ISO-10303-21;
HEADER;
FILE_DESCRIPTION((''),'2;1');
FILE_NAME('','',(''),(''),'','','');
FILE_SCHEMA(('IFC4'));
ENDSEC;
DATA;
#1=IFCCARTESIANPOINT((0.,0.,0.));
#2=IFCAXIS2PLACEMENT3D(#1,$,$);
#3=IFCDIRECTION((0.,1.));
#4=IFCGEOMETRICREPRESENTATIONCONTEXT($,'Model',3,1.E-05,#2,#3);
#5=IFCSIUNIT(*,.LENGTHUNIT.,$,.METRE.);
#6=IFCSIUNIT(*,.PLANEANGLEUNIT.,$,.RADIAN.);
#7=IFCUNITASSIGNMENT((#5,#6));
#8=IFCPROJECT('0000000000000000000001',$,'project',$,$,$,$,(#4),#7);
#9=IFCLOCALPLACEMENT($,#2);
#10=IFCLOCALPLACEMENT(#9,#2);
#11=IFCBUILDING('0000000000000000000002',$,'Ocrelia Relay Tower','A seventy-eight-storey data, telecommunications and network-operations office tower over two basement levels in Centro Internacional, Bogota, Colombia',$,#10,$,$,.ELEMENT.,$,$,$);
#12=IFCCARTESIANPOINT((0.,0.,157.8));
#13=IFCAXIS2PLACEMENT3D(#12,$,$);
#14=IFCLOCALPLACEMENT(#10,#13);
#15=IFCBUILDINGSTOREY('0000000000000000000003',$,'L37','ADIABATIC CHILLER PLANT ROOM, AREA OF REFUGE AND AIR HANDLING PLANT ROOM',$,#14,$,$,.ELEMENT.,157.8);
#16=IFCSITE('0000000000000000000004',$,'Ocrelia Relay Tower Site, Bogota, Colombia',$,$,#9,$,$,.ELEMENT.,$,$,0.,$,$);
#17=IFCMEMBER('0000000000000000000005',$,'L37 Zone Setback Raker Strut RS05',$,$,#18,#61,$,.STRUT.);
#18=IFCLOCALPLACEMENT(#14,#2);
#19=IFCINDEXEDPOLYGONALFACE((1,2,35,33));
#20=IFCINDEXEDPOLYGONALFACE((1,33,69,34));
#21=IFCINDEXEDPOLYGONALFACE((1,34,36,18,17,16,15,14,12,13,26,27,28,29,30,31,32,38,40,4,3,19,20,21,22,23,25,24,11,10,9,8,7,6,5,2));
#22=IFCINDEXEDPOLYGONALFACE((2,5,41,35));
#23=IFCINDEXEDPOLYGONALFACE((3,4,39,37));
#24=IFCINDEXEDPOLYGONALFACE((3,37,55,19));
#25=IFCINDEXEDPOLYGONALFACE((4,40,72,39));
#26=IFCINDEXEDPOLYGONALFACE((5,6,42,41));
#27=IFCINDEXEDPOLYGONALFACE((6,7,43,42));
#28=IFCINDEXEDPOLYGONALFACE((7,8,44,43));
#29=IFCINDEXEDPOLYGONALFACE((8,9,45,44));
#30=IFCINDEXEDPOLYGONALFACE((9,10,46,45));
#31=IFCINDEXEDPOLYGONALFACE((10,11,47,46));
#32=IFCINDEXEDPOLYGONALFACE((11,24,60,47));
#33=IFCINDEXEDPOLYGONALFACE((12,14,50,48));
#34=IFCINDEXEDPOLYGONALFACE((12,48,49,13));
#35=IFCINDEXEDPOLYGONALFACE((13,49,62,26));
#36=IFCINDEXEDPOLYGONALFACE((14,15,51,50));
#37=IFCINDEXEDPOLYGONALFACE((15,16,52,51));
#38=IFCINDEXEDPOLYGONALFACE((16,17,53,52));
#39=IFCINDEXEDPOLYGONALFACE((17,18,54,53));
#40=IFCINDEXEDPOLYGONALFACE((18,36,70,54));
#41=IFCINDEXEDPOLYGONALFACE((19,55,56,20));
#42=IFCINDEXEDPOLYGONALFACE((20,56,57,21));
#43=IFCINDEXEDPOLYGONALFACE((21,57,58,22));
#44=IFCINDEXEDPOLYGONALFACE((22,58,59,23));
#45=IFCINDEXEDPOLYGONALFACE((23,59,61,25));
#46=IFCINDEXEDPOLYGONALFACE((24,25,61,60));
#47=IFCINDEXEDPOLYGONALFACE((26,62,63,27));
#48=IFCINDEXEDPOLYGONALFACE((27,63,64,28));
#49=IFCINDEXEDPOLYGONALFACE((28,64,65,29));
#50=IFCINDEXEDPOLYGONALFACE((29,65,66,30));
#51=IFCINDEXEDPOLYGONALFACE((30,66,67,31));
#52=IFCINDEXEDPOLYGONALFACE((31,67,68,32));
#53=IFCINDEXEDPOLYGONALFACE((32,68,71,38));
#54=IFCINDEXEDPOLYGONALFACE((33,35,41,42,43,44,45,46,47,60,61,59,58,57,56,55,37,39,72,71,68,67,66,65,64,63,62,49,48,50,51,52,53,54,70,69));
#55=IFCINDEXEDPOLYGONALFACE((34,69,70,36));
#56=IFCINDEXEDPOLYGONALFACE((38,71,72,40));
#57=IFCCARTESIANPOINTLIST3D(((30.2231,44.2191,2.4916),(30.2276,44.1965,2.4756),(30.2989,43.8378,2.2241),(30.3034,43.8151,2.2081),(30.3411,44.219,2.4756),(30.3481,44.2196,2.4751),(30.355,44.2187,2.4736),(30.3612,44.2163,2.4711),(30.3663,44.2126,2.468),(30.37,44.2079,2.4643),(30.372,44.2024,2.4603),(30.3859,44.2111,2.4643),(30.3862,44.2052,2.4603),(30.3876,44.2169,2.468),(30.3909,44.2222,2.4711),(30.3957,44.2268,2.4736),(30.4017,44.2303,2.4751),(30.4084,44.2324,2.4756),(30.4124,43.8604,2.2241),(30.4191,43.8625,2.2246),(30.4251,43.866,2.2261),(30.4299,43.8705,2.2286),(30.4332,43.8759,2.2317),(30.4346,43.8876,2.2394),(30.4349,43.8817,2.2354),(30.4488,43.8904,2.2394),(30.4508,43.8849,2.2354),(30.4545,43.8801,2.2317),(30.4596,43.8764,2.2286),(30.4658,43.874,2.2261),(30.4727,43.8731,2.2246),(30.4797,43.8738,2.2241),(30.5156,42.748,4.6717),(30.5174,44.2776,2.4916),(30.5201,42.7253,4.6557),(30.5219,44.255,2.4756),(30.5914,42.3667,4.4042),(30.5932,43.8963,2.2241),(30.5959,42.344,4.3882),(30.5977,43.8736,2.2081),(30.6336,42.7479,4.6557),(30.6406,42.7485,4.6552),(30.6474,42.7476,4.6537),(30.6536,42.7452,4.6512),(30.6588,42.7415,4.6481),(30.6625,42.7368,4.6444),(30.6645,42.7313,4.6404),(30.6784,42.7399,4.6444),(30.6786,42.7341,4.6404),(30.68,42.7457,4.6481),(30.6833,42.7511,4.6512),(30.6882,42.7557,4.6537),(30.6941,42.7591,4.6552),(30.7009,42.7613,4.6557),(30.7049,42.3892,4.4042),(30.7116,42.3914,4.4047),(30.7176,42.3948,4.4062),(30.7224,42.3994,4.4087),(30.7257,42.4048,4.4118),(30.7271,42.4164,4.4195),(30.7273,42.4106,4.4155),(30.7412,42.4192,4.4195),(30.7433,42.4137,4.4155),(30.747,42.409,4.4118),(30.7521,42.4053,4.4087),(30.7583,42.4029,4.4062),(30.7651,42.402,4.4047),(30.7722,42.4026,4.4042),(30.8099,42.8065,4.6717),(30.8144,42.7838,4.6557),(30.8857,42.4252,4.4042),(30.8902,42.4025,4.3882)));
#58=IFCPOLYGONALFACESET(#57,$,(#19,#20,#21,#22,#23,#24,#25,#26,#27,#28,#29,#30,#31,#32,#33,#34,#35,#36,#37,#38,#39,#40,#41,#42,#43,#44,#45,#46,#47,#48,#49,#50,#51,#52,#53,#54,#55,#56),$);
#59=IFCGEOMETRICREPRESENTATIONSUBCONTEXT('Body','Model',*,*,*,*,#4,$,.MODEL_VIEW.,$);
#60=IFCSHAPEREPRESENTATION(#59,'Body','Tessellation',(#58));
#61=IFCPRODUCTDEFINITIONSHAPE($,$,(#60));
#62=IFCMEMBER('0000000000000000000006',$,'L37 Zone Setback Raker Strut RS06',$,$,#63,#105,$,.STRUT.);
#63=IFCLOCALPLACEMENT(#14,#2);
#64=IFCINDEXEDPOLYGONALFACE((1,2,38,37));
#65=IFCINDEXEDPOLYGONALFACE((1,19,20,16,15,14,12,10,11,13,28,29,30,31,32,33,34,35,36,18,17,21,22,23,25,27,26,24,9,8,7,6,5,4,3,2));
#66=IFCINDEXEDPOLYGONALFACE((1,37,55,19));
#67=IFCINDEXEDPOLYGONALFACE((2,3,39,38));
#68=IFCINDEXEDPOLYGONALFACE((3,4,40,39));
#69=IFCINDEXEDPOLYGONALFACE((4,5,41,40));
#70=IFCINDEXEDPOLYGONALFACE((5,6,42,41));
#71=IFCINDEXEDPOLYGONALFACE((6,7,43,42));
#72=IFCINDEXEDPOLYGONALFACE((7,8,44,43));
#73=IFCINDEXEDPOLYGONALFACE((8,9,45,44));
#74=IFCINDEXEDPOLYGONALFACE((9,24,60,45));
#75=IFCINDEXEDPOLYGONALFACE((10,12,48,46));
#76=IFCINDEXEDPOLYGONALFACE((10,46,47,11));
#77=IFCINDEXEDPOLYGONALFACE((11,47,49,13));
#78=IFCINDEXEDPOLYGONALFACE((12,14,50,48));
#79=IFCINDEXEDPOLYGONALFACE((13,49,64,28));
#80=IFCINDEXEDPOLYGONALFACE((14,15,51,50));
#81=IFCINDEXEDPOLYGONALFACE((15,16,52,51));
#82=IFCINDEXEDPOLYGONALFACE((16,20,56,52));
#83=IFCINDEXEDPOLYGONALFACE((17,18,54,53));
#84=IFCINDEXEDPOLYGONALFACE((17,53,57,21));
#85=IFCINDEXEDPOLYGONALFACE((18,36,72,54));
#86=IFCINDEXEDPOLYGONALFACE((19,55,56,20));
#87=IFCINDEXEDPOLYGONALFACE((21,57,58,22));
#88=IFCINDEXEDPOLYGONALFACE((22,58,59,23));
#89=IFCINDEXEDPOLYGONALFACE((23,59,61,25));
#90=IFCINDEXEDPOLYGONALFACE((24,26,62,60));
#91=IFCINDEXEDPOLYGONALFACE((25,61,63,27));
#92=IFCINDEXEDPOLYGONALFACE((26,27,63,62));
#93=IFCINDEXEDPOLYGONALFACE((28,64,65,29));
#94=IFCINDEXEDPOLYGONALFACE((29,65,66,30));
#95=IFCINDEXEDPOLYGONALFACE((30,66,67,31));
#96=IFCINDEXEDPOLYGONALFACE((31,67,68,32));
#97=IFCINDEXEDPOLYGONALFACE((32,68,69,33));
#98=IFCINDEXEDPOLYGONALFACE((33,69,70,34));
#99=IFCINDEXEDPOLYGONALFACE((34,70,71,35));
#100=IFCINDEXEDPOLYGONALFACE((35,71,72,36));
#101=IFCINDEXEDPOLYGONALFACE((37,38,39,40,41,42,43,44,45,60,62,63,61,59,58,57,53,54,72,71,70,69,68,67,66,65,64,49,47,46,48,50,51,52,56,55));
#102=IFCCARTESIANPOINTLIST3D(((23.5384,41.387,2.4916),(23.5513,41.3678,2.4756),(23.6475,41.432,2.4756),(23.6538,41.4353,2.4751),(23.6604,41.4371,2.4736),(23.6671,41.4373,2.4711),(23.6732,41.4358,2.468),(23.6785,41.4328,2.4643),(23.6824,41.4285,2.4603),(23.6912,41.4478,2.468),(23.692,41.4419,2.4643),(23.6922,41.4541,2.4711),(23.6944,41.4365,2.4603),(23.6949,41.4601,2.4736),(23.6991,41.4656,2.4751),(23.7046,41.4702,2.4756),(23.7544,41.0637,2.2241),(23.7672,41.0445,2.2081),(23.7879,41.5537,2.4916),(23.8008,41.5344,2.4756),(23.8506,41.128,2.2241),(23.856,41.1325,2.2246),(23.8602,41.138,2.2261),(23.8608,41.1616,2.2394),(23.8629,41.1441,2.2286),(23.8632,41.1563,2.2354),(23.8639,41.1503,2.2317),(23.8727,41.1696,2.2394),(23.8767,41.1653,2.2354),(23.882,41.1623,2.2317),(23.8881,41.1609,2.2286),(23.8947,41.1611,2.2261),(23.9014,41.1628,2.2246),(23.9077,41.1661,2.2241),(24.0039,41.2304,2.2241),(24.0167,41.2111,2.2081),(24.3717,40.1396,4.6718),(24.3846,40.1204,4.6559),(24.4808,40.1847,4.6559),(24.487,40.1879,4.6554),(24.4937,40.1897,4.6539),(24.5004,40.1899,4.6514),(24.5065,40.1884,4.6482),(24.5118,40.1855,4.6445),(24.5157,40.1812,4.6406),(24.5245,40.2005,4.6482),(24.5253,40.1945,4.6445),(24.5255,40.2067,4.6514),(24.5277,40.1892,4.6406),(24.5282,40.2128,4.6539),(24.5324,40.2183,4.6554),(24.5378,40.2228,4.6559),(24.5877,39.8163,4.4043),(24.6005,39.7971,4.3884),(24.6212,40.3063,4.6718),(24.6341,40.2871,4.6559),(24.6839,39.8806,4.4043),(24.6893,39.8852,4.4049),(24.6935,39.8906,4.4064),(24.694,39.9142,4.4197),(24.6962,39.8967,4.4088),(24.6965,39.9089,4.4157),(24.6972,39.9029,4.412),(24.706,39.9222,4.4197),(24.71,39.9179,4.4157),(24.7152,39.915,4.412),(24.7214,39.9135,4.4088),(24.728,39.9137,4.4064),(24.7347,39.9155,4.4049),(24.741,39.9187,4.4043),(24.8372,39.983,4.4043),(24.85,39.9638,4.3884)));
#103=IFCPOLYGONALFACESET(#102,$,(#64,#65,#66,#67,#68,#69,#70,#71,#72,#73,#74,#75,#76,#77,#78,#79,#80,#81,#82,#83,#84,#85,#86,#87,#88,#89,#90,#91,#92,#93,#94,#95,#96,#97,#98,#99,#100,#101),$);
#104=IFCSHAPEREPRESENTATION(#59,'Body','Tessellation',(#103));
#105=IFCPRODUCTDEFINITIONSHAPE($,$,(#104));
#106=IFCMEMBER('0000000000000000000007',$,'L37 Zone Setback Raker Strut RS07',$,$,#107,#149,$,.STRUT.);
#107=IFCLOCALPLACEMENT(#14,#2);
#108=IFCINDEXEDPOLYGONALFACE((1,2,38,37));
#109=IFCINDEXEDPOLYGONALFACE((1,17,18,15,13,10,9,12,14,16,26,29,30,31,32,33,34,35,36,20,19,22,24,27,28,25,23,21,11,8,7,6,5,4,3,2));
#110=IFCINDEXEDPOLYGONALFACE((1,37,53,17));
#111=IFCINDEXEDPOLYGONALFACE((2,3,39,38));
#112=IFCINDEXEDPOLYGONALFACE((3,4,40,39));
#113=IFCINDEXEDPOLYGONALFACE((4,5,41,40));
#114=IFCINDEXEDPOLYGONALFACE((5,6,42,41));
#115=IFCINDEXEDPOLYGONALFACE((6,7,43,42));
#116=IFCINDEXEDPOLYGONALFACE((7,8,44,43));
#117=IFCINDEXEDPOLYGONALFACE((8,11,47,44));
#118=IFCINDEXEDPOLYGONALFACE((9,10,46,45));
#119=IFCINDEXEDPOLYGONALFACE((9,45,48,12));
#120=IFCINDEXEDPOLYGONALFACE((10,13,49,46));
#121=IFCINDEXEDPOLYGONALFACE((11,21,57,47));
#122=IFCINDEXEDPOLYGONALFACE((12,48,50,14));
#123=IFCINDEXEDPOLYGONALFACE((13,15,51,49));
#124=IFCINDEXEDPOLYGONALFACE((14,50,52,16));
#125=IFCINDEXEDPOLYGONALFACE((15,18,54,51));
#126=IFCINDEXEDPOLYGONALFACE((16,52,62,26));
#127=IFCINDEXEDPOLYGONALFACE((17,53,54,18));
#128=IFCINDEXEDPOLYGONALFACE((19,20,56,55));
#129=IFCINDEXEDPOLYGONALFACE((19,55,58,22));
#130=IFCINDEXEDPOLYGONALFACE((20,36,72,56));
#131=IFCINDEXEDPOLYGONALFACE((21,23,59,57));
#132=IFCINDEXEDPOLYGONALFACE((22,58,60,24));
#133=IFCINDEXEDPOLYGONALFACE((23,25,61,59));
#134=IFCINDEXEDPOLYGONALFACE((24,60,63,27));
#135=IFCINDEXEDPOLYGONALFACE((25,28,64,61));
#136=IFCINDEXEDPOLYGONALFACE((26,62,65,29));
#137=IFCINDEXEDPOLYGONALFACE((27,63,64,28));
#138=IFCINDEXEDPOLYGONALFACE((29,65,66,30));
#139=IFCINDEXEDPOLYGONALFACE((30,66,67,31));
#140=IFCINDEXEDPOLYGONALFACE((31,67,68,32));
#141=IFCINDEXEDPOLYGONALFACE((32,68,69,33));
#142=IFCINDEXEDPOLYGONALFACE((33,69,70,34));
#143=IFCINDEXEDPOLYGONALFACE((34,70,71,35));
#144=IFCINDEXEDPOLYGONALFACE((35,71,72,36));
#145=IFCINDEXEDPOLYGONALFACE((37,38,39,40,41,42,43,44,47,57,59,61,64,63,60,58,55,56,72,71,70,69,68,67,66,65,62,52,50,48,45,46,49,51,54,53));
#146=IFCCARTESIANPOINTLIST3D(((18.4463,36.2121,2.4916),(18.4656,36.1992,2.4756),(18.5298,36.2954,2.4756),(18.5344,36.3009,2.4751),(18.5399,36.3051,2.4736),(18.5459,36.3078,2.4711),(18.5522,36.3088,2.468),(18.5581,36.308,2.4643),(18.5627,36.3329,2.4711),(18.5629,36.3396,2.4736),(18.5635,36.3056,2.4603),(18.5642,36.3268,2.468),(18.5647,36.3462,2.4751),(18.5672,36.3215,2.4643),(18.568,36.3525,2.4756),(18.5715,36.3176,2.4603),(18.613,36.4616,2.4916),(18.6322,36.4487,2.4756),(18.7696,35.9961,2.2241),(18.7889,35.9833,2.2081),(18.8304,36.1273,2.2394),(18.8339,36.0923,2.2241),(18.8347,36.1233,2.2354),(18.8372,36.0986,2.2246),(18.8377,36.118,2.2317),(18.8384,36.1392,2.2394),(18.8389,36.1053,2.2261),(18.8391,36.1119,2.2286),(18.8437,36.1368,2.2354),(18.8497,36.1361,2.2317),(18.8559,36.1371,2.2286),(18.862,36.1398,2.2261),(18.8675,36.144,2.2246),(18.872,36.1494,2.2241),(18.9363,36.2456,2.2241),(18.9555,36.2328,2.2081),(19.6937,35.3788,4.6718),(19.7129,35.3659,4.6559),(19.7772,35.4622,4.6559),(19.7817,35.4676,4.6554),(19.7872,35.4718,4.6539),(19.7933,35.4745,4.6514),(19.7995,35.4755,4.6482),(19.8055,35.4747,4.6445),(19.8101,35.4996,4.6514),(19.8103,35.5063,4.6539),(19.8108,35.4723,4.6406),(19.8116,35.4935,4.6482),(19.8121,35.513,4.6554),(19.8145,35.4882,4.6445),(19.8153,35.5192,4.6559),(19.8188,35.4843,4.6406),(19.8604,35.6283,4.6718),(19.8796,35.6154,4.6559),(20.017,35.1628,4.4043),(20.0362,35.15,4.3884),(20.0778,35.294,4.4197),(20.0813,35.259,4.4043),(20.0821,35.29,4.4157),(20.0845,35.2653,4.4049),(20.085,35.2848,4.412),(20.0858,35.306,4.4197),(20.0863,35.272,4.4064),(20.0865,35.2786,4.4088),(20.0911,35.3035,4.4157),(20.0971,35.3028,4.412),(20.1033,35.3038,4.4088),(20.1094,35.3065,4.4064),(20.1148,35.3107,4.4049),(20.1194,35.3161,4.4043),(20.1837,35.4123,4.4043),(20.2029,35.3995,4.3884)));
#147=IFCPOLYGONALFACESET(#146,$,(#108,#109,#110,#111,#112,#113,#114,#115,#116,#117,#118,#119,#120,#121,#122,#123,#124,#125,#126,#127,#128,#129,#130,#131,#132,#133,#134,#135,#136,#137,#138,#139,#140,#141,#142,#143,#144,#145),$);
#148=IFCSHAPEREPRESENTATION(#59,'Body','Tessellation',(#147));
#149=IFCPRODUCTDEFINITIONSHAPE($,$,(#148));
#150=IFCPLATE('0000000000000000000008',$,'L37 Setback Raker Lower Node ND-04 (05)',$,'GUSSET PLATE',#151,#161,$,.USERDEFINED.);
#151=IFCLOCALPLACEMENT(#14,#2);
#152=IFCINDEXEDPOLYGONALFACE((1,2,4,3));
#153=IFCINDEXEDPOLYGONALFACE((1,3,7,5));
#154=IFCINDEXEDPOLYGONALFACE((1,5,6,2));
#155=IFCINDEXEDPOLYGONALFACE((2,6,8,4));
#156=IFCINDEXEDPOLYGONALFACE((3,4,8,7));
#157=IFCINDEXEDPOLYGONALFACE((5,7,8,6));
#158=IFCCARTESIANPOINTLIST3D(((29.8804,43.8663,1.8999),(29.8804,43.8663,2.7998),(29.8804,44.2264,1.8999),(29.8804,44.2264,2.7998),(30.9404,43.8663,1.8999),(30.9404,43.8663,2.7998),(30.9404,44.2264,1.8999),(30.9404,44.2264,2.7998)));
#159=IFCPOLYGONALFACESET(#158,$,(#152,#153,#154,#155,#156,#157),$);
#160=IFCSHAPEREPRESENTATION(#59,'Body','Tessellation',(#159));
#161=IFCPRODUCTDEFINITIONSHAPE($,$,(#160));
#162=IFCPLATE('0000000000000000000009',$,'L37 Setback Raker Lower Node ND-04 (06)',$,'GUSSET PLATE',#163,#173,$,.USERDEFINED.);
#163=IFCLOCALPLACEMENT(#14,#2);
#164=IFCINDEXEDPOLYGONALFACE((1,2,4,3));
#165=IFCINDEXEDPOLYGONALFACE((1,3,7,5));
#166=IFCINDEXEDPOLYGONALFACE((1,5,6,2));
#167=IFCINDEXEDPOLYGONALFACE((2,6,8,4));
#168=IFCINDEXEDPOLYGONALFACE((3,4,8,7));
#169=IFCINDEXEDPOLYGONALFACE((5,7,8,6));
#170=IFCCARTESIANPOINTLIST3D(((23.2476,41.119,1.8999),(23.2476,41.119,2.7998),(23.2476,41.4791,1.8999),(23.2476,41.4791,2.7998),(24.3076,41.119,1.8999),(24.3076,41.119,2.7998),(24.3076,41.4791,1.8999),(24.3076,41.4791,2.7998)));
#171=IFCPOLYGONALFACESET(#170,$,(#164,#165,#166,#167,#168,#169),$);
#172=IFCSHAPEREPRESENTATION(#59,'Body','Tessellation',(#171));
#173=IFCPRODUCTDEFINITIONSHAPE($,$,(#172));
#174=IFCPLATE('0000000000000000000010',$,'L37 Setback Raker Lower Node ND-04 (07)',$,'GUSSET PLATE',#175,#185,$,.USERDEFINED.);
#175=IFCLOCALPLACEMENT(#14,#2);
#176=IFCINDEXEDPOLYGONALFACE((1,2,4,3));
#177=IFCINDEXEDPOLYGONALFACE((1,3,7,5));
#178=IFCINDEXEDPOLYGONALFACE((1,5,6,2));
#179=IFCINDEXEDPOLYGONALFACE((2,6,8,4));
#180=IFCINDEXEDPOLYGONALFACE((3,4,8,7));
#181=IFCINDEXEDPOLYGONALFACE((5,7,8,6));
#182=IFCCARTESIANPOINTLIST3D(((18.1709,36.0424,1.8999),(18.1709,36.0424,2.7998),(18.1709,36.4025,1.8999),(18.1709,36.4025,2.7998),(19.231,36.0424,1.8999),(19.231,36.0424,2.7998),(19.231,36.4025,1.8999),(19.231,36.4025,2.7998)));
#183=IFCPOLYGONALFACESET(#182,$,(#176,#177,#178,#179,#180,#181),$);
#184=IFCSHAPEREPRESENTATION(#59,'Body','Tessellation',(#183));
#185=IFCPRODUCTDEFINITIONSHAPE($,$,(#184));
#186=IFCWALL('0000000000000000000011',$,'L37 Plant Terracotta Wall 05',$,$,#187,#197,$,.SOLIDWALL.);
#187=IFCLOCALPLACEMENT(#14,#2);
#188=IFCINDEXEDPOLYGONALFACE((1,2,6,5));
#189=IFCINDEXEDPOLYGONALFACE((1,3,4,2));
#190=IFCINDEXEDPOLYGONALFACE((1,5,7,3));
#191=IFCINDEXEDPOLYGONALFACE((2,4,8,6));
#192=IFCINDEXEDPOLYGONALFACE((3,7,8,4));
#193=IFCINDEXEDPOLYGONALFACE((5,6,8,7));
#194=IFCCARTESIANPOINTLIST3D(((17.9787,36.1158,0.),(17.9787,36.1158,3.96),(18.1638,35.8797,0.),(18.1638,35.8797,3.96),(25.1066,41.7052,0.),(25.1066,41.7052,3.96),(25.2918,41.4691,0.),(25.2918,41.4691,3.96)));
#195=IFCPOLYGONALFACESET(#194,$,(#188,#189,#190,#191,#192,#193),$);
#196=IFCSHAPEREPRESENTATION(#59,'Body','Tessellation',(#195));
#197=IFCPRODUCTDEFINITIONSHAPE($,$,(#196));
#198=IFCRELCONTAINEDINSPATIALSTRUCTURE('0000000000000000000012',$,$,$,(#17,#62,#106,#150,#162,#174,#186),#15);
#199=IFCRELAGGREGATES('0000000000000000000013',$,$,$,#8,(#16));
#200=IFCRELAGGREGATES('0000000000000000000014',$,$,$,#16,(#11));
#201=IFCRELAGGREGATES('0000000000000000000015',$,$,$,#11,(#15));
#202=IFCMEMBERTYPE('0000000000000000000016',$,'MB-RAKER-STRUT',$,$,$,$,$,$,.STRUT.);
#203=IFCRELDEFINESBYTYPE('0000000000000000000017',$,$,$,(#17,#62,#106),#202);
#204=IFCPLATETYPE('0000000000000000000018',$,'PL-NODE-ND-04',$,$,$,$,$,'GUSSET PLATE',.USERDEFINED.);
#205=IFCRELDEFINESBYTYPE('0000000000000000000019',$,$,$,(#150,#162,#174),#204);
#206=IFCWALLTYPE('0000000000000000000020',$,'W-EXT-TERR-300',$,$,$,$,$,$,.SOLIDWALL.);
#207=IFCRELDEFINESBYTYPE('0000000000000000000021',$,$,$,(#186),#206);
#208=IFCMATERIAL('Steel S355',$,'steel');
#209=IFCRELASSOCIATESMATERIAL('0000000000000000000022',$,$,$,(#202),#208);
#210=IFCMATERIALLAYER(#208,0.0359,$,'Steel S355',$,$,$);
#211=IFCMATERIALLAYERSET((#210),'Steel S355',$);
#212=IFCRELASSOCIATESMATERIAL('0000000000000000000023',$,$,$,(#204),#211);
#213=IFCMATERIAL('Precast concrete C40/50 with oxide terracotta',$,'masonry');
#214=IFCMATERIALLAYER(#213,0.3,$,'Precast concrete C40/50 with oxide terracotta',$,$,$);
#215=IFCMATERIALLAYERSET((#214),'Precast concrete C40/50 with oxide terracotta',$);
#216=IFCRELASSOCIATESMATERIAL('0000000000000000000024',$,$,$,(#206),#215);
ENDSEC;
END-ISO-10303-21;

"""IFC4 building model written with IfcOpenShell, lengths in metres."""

from ifc_helpers import new_model, si_unit, direction, frame, frame_2d, origin, origin_2d, place, context, subcontext, project, spatial, rectangle, i_section, extrude, material, layer, layer_set, material_profile, profile_set, type_object, element, save


model = new_model("IFC4")

# Units and contexts
model_context = context("Model", 3, precision=1e-05, world=origin(), true_north=direction((0.0, 1.0)))
body_context = subcontext(model_context, "Body", "Model", "MODEL_VIEW")
ifc_project = project(units=[si_unit("LENGTHUNIT", "METRE"), si_unit("PLANEANGLEUNIT", "RADIAN")], contexts=[model_context])

# Site, building, storey
site_placement = place(None, origin())
site = spatial("IfcSite", under=ifc_project, at=site_placement, Name="Ocrelia Relay Tower Site, Bogota, Colombia", CompositionType="ELEMENT", RefElevation=0.0)
building_placement = place(site_placement, origin())
building = spatial("IfcBuilding", under=site, at=building_placement, Name="Ocrelia Relay Tower", Description="A seventy-eight-storey data, telecommunications and network-operations office tower over two basement levels in Centro Internacional, Bogota, Colombia", CompositionType="ELEMENT")
storey_placement = place(building_placement, frame((0.0, 0.0, 157.8)))
storey = spatial("IfcBuildingStorey", under=building, at=storey_placement, Name="L37", Description="ADIABATIC CHILLER PLANT ROOM, AREA OF REFUGE AND AIR HANDLING PLANT ROOM", CompositionType="ELEMENT", Elevation=157.8)

# Shared definitions
ifc_material_1 = material(Name="Steel S355", Category="steel")

# Members
ifc_material_profile_1 = material_profile(ifc_material_1, i_section(OverallWidth=0.3, OverallDepth=0.5, WebThickness=0.0144, FlangeThickness=0.0281, FilletRadius=0.0271, at=origin_2d()), Name="HEB 500")
ifc_profile_set_1 = profile_set([ifc_material_profile_1], Name="Steel S355")
member_type_1 = type_object("IfcMemberType", Name="MB-RAKER-STRUT", PredefinedType="STRUT", material=ifc_profile_set_1)
member_1_placement = place(storey_placement, frame((30.4104, 44.0464, 2.3499), z_axis=(0.110523, -0.555934, 0.823846), x_axis=(0.980805, 0.194989, 0.0)))
element("IfcMember", 1, at=member_1_placement, inside=storey, type_object=member_type_1, Name="L37 Zone Setback Raker Strut RS05", PredefinedType="STRUT", context=body_context, shape_type="SweptSolid", body=[
    extrude(i_section(OverallWidth=0.3, OverallDepth=0.5, WebThickness=0.0144, FlangeThickness=0.0281, FilletRadius=0.0271, at=origin_2d()), origin(), (0.0, 0.0, 1.0), 2.6462),
])
for number, where, z_axis, x_axis, name in (
    (2, (23.7776, 41.2991, 2.3499), (0.314866, -0.471331, 0.823837), (0.831524, 0.555489, 0.0), "L37 Zone Setback Raker Strut RS06"),
    (3, (18.7009, 36.2224, 2.3499), (0.471331, -0.314866, 0.823837), (0.555489, 0.831524, 0.0), "L37 Zone Setback Raker Strut RS07"),
):
    element("IfcMember", number, at=place(storey_placement, frame(where, z_axis=z_axis, x_axis=x_axis)), inside=storey, type_object=member_type_1, Name=name, PredefinedType="STRUT", context=body_context, shape_type="SweptSolid", body=[
        extrude(i_section(OverallWidth=0.3, OverallDepth=0.5, WebThickness=0.0144, FlangeThickness=0.0281, FilletRadius=0.0271, at=origin_2d()), origin(), (0.0, 0.0, 1.0), 2.6465),
    ])

# Plates
ifc_layer_1 = layer(ifc_material_1, 0.0359, Name="Steel S355")
ifc_layer_set_1 = layer_set([ifc_layer_1], Name="Steel S355")
plate_type = type_object("IfcPlateType", Name="PL-NODE-ND-04", ElementType="GUSSET PLATE", PredefinedType="USERDEFINED", material=ifc_layer_set_1)
for number, where, z_axis, x_axis, name in (
    (4, (30.4104, 44.0464, 1.8999), (0.0, 0.0, 1.0), (1.0, 0.0, 0.0), "L37 Setback Raker Lower Node ND-04 (05)"),
    (5, (23.7776, 41.2991, 1.8999), (0.0, 0.0, 1.0), (1.0, 0.0, 0.0), "L37 Setback Raker Lower Node ND-04 (06)"),
    (6, (18.7009, 36.2224, 1.8999), (0.0, 0.0, 1.0), (1.0, 0.0, 0.0), "L37 Setback Raker Lower Node ND-04 (07)"),
):
    element("IfcPlate", number, at=place(storey_placement, frame(where, z_axis=z_axis, x_axis=x_axis)), inside=storey, type_object=plate_type, Name=name, ObjectType="GUSSET PLATE", PredefinedType="USERDEFINED", context=body_context, shape_type="SweptSolid", body=[
        extrude(rectangle(XDim=1.0601, YDim=0.3601, at=origin_2d()), origin(), (0.0, 0.0, 1.0), 0.8999),
    ])

# Wall
ifc_material_2 = material(Name="Precast concrete C40/50 with oxide terracotta", Category="masonry")
ifc_layer_2 = layer(ifc_material_2, 0.3, Name="Precast concrete C40/50 with oxide terracotta")
ifc_layer_set_2 = layer_set([ifc_layer_2], Name="Precast concrete C40/50 with oxide terracotta")
wall_type_1 = type_object("IfcWallType", Name="W-EXT-TERR-300", PredefinedType="SOLIDWALL", material=ifc_layer_set_2)
wall_1_placement = place(storey_placement, frame((25.1992, 41.5872, 0.0), z_axis=(0.0, 0.0, 1.0), x_axis=(-0.786917, -0.617059, 0.0)))
element("IfcWall", 7, at=wall_1_placement, inside=storey, type_object=wall_type_1, Name="L37 Plant Terracotta Wall 05", PredefinedType="SOLIDWALL", context=body_context, shape_type="SweptSolid", body=[
    extrude(rectangle(XDim=9.0581, YDim=0.3, at=frame_2d((4.5291, 0.0))), origin(), (0.0, 0.0, 1.0), 3.96),
])

save(model, "model.ifc")
